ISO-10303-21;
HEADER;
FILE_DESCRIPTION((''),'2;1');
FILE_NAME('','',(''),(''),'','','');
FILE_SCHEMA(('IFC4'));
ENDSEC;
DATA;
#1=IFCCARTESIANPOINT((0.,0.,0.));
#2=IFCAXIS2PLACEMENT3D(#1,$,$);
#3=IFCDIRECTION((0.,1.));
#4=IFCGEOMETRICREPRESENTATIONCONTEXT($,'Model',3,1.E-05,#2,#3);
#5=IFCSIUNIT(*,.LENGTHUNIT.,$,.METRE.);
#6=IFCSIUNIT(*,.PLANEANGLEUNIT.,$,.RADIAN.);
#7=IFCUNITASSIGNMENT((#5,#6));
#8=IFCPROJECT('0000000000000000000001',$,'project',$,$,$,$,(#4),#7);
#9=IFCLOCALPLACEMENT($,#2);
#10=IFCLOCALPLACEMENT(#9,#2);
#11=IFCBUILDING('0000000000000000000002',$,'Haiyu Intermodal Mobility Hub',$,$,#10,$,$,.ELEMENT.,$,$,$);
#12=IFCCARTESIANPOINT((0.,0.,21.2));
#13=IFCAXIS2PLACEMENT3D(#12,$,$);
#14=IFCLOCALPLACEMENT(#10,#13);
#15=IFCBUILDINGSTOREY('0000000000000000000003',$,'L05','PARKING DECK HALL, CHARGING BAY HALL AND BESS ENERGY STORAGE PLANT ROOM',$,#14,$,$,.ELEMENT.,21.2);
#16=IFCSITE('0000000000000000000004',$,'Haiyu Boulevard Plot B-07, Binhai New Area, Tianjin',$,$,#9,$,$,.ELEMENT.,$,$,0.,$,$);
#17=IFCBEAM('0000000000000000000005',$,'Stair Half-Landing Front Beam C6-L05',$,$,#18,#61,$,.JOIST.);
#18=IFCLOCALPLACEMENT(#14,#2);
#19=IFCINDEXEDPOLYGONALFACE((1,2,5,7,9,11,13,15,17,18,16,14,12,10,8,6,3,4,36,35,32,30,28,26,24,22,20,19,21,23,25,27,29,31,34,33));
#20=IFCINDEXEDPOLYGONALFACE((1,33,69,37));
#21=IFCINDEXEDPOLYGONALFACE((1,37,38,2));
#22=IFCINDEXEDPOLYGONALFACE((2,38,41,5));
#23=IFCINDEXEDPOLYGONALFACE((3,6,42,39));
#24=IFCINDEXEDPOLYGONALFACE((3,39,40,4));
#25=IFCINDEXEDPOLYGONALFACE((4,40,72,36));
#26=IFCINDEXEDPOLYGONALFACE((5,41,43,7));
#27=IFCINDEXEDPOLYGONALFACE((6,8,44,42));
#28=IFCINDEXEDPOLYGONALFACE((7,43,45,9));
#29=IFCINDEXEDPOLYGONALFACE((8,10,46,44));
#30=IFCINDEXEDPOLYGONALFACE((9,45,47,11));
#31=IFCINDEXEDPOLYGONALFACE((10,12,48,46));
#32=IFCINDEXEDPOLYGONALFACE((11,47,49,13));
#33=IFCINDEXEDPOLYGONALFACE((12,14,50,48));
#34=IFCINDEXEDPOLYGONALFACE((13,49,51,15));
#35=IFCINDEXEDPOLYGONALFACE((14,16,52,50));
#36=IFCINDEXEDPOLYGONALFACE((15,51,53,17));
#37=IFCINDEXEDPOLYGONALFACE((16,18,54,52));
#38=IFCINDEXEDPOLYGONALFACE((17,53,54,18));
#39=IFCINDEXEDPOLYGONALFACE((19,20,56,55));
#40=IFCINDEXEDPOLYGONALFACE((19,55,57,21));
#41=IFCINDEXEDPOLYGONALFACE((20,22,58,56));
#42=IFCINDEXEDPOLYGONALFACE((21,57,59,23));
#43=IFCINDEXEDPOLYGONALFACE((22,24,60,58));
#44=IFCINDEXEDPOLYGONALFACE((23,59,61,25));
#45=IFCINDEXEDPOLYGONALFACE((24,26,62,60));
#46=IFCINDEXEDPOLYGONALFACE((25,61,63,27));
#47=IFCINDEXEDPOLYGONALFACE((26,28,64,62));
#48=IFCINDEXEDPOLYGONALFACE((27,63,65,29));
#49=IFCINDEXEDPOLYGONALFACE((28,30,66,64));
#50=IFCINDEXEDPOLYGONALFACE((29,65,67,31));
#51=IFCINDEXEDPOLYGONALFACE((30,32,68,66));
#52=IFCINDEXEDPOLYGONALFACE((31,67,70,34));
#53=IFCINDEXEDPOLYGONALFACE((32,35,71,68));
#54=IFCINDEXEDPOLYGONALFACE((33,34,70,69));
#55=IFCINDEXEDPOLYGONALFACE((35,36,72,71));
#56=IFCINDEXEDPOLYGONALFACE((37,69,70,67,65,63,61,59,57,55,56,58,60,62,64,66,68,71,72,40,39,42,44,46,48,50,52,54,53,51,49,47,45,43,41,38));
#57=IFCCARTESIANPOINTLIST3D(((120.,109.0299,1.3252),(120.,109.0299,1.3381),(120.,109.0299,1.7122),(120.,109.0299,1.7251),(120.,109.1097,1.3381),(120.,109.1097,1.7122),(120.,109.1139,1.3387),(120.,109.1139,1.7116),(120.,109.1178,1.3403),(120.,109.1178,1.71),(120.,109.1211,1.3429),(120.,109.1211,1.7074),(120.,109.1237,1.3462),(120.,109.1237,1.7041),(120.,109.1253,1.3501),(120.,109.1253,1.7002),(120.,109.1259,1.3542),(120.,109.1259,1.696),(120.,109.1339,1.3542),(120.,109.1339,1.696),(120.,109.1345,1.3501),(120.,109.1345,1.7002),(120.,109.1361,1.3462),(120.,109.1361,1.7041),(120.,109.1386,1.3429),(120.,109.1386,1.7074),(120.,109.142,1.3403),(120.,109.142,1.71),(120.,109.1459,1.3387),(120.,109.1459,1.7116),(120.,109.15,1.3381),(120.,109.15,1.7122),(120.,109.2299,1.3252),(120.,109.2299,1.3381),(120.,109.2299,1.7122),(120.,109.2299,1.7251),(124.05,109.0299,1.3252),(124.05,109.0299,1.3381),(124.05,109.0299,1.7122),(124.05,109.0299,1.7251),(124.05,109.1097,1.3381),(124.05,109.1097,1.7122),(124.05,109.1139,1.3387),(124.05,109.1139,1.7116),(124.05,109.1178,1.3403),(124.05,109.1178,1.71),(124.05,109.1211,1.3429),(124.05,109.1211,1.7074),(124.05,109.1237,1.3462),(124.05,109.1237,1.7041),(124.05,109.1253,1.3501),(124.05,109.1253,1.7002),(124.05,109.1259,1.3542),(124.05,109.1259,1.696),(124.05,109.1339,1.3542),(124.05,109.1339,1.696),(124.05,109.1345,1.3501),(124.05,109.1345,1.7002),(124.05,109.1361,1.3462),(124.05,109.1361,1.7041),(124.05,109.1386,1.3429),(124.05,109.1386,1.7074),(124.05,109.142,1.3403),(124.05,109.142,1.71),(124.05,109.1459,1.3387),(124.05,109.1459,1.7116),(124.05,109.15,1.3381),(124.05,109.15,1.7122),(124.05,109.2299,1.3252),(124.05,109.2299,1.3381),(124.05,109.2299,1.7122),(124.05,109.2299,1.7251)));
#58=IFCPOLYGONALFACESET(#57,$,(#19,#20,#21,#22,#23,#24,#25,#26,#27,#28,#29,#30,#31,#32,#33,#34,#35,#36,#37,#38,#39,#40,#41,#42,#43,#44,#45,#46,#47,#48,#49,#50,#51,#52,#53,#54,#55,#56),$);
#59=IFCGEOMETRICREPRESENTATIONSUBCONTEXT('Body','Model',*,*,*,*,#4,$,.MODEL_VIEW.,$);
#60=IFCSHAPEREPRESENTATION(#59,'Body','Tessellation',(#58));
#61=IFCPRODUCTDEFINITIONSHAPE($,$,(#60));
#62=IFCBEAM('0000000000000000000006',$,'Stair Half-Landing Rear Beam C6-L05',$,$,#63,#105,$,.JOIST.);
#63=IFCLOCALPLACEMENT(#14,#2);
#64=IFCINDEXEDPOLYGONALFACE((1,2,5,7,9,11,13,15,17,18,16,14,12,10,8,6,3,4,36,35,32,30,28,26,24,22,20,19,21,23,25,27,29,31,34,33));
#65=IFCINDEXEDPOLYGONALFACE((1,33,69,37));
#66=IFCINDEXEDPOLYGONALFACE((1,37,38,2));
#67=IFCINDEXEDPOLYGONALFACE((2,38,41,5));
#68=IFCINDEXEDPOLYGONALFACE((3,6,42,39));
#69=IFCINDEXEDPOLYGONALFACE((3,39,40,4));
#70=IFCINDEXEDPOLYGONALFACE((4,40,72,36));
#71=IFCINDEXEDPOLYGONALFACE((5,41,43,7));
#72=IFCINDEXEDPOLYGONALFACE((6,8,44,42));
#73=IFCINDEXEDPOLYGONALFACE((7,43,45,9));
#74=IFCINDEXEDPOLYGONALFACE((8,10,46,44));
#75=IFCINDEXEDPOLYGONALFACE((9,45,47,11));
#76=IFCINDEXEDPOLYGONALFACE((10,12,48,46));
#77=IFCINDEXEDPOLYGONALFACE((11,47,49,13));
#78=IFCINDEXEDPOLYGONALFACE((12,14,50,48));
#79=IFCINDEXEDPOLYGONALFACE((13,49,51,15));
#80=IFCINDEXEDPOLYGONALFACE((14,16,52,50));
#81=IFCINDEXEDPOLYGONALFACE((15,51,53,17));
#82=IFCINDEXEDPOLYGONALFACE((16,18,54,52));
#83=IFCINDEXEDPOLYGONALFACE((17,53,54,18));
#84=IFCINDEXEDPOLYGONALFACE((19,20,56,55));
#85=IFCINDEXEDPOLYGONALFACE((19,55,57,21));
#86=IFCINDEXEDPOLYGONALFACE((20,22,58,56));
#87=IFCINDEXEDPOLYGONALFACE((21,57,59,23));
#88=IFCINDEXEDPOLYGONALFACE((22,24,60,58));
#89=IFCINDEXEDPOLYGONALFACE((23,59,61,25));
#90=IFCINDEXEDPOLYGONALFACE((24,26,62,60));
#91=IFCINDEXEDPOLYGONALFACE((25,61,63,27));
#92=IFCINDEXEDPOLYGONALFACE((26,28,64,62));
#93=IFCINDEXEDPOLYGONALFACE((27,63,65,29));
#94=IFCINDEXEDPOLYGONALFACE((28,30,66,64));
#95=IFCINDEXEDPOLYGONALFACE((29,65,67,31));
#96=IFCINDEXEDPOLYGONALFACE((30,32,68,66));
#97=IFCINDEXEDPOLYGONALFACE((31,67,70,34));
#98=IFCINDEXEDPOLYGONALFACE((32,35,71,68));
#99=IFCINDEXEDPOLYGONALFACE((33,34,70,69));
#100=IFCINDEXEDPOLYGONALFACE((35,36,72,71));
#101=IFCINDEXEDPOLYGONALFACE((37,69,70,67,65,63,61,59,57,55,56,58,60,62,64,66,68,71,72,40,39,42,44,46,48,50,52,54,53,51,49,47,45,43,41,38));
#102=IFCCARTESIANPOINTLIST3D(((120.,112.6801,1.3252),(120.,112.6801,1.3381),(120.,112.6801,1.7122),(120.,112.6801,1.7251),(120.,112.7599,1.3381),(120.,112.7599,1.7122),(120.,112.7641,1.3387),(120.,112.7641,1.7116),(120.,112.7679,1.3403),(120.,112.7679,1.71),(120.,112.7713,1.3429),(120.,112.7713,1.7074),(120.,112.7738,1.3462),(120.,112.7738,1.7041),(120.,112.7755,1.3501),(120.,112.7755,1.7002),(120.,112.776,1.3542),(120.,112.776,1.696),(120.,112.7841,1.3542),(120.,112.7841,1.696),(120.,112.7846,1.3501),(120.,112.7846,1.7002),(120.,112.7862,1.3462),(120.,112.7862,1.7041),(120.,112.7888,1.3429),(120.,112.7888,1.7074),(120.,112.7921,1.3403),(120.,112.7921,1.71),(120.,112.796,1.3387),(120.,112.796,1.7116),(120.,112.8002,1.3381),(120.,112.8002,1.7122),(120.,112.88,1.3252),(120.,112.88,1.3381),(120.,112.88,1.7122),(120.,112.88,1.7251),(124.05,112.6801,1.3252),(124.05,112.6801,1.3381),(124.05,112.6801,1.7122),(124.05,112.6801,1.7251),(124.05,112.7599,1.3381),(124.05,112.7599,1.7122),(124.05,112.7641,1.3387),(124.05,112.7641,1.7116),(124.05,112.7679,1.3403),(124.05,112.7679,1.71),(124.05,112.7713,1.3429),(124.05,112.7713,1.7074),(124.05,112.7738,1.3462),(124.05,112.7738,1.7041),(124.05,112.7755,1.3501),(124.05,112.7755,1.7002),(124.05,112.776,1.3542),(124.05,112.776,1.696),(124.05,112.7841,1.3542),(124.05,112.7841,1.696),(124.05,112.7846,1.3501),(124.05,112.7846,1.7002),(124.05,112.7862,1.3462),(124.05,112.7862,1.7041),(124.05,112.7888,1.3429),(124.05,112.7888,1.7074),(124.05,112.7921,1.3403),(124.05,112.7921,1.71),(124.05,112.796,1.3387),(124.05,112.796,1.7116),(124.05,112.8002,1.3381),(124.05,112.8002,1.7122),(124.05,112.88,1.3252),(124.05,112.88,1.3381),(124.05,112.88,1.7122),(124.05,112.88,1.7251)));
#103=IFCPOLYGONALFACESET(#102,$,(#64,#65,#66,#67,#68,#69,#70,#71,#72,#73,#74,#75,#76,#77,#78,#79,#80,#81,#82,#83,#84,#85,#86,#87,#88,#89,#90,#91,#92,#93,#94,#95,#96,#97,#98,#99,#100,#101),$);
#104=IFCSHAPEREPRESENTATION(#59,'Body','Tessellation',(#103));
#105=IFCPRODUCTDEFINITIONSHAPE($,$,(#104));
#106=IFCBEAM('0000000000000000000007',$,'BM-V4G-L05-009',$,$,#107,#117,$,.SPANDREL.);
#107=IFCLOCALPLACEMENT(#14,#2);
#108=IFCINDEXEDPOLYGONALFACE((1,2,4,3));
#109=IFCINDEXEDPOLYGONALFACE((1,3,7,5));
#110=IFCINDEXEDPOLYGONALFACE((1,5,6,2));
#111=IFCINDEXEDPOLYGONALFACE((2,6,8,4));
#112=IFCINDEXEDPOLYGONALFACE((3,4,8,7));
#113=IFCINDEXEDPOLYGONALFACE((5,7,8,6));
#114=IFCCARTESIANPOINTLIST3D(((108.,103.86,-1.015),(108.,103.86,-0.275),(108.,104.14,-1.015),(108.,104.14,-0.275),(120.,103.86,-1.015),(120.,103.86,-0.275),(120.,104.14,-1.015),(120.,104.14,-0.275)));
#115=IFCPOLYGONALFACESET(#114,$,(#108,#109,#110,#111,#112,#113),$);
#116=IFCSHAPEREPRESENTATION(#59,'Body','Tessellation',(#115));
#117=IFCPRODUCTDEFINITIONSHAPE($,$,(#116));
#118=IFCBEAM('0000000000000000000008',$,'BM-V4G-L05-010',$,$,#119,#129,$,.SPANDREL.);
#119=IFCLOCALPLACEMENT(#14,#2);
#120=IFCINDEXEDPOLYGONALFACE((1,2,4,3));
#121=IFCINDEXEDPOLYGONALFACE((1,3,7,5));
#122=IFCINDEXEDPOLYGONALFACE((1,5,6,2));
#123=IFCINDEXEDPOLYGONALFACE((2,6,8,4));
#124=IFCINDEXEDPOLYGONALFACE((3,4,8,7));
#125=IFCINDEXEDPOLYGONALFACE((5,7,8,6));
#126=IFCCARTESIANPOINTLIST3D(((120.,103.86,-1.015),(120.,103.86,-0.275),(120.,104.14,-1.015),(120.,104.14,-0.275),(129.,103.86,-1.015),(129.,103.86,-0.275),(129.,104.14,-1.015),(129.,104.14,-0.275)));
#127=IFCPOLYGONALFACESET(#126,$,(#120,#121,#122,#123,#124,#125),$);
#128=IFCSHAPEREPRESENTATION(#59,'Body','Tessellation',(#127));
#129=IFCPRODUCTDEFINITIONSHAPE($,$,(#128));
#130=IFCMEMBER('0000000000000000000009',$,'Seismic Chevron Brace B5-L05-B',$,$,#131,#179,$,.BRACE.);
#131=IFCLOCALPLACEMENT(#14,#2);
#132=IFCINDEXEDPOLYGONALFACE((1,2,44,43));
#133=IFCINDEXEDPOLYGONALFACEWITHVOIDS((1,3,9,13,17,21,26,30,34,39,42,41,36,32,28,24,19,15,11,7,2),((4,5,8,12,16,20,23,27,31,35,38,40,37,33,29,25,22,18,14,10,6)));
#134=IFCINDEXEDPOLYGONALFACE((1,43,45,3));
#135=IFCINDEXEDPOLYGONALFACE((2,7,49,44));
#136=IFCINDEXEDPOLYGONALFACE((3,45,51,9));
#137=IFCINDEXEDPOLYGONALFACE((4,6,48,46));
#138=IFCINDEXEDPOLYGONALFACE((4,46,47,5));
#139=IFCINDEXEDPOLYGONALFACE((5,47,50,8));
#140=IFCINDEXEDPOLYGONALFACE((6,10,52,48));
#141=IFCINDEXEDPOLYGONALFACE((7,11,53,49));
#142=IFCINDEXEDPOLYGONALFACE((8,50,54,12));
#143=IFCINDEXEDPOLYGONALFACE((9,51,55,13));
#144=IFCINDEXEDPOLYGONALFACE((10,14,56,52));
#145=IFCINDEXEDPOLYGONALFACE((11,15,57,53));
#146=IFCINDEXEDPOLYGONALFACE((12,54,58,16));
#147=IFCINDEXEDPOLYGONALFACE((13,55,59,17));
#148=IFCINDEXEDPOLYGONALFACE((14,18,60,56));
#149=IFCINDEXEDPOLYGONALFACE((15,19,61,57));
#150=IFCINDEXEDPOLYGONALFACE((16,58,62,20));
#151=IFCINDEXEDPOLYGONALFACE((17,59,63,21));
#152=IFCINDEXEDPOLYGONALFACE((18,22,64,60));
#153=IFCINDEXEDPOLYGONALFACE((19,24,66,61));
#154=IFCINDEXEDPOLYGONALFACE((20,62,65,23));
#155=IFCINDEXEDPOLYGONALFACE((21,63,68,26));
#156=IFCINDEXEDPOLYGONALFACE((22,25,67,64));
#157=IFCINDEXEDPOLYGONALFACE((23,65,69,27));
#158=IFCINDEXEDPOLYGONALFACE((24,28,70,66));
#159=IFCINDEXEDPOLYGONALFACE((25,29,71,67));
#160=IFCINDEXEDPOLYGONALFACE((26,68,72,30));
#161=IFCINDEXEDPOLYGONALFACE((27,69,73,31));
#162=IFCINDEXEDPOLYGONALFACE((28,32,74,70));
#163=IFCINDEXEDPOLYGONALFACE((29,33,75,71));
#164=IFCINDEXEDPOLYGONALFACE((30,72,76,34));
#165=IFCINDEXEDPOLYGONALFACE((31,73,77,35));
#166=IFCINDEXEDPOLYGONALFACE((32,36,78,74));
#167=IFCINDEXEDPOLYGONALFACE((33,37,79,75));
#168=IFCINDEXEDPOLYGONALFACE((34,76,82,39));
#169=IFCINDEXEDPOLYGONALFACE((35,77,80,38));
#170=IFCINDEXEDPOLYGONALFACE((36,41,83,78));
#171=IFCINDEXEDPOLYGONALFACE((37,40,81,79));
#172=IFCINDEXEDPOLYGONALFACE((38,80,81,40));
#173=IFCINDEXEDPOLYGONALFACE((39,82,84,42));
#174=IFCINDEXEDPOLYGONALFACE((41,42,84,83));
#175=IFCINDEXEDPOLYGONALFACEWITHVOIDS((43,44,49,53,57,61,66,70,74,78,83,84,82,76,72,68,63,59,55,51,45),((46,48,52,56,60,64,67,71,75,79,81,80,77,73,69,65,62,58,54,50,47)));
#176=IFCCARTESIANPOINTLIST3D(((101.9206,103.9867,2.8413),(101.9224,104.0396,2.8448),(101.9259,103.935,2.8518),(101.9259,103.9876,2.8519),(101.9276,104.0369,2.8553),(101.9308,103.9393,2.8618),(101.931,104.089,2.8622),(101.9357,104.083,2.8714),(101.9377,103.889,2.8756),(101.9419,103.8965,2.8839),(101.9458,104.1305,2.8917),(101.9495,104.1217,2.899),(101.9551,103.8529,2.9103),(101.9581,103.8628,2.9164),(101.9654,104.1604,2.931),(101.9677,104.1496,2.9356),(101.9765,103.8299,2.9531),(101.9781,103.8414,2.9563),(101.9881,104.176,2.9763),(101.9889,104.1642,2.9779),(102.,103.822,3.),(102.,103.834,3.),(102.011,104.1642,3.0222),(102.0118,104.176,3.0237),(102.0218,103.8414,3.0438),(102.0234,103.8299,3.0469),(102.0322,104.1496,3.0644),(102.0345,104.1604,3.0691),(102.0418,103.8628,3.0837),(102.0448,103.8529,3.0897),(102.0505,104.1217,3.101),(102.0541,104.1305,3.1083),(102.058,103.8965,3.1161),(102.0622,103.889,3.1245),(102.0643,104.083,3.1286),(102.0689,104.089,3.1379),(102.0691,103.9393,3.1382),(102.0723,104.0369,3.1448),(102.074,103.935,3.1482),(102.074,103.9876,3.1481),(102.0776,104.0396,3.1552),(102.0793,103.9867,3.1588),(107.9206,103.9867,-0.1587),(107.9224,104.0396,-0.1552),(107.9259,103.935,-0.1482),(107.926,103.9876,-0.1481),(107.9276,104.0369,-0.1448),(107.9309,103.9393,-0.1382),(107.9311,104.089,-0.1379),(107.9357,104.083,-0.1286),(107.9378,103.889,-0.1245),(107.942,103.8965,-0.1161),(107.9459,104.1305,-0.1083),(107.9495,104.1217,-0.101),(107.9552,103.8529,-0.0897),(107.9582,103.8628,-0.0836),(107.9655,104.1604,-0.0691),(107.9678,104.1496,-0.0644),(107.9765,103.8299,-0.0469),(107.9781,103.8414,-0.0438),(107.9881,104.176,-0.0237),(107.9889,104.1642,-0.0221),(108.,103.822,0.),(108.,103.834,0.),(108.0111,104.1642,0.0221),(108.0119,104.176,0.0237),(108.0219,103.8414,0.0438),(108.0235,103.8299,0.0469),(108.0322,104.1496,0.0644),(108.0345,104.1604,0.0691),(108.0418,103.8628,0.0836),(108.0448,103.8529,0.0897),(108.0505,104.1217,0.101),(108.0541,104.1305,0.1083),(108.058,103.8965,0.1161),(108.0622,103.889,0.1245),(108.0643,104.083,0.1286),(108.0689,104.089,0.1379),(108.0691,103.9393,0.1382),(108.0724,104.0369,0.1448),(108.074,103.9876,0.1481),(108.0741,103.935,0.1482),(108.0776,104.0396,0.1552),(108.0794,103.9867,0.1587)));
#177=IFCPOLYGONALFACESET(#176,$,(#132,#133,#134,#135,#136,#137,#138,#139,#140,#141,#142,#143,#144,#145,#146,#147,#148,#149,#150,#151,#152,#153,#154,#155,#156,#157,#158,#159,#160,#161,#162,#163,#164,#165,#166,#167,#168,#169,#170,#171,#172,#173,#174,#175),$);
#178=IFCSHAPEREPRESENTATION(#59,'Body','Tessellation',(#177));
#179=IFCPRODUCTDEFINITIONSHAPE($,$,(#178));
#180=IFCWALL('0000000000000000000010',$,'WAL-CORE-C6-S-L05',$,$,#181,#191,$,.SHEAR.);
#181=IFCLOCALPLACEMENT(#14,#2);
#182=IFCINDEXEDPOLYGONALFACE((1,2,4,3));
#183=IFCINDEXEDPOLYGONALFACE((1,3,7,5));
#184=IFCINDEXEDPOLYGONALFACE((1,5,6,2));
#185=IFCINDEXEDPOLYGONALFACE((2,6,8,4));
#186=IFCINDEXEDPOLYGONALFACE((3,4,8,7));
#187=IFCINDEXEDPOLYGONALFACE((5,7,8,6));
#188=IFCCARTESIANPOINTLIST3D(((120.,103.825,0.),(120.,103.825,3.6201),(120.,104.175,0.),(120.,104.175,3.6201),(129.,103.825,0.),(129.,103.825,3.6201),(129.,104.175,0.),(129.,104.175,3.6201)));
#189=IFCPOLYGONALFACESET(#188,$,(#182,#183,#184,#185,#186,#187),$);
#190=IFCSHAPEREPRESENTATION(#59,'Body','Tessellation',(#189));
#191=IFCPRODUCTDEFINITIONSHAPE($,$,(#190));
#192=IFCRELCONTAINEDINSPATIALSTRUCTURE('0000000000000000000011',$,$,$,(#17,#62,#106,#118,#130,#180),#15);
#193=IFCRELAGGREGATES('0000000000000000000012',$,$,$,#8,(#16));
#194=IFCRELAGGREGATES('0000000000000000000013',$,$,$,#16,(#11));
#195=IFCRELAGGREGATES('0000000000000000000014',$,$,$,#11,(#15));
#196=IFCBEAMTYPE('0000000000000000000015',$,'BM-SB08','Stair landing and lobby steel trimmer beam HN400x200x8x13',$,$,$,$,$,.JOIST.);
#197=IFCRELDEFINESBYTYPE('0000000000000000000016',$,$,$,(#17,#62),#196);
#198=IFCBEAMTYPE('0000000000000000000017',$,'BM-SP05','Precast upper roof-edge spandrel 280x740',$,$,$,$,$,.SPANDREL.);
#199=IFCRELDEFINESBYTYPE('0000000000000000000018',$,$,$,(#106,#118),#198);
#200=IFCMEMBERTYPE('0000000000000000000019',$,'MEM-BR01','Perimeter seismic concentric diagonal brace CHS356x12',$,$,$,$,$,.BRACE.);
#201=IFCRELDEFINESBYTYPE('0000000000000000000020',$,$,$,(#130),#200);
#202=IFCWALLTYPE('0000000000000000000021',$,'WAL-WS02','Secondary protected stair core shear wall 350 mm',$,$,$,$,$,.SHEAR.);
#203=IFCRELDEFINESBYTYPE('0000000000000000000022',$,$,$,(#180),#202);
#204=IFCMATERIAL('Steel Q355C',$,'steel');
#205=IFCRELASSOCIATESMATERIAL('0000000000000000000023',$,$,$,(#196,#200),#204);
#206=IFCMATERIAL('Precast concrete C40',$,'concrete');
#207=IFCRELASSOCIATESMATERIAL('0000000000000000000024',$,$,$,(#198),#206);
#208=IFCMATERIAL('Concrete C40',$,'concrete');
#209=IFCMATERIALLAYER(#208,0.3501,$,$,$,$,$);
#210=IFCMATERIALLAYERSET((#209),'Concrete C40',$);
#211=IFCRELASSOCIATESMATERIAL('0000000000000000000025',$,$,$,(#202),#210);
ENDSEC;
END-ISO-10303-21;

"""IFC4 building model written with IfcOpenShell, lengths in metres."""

from ifc_helpers import new_model, si_unit, direction, frame, frame_2d, origin, origin_2d, place, context, subcontext, project, spatial, rectangle, hollow_circle, i_section, extrude, material, layer, layer_set, material_profile, profile_set, type_object, element, save


model = new_model("IFC4")

# Units and contexts
model_context = context("Model", 3, precision=1e-05, world=origin(), true_north=direction((0.0, 1.0)))
body_context = subcontext(model_context, "Body", "Model", "MODEL_VIEW")
ifc_project = project(units=[si_unit("LENGTHUNIT", "METRE"), si_unit("PLANEANGLEUNIT", "RADIAN")], contexts=[model_context])

# Site, building, storey
site_placement = place(None, origin())
site = spatial("IfcSite", under=ifc_project, at=site_placement, Name="Haiyu Boulevard Plot B-07, Binhai New Area, Tianjin", CompositionType="ELEMENT", RefElevation=0.0)
building_placement = place(site_placement, origin())
building = spatial("IfcBuilding", under=site, at=building_placement, Name="Haiyu Intermodal Mobility Hub", CompositionType="ELEMENT")
storey_placement = place(building_placement, frame((0.0, 0.0, 21.2)))
storey = spatial("IfcBuildingStorey", under=building, at=storey_placement, Name="L05", Description="PARKING DECK HALL, CHARGING BAY HALL AND BESS ENERGY STORAGE PLANT ROOM", CompositionType="ELEMENT", Elevation=21.2)

# Shared definitions
ifc_material_1 = material(Name="Precast concrete C40", Category="concrete")

# Beams
ifc_material_2 = material(Name="Concrete C40", Category="concrete")
ifc_material_3 = material(Name="Steel Q355C", Category="steel")
ifc_material_profile_1 = material_profile(ifc_material_3, i_section(OverallWidth=0.2, OverallDepth=0.3999, WebThickness=0.0081, FlangeThickness=0.0129, FilletRadius=0.0161, at=origin_2d()), Name="HN400x200x8x13")
ifc_profile_set_1 = profile_set([ifc_material_profile_1], Name="Steel Q355C")
beam_type_1 = type_object("IfcBeamType", Name="BM-SB08", Description="Stair landing and lobby steel trimmer beam HN400x200x8x13", PredefinedType="JOIST", material=ifc_profile_set_1)
for number, where, z_axis, x_axis, name in (
    (1, (120.0, 109.1299, 1.5251), (1.0, 0.0, 0.0), (0.0, 1.0, 0.0), "Stair Half-Landing Front Beam C6-L05"),
    (2, (120.0, 112.78, 1.5251), (1.0, 0.0, 0.0), (0.0, 1.0, 0.0), "Stair Half-Landing Rear Beam C6-L05"),
):
    element("IfcBeam", number, at=place(storey_placement, frame(where, z_axis=z_axis, x_axis=x_axis)), inside=storey, type_object=beam_type_1, Name=name, PredefinedType="JOIST", context=body_context, shape_type="SweptSolid", body=[
        extrude(i_section(OverallWidth=0.2, OverallDepth=0.3999, WebThickness=0.0081, FlangeThickness=0.0129, FilletRadius=0.0161, at=origin_2d()), origin(), (0.0, 0.0, 1.0), 4.05),
    ])
ifc_material_profile_2 = material_profile(ifc_material_1, rectangle(XDim=0.28, YDim=0.74, at=origin_2d()), Name="B280x740")
ifc_profile_set_2 = profile_set([ifc_material_profile_2], Name="Precast concrete C40")
beam_type_2 = type_object("IfcBeamType", Name="BM-SP05", Description="Precast upper roof-edge spandrel 280x740", PredefinedType="SPANDREL", material=ifc_profile_set_2)
beam_1_placement = place(storey_placement, frame((108.0, 104.0, -0.645), z_axis=(1.0, 0.0, 0.0), x_axis=(0.0, 1.0, 0.0)))
element("IfcBeam", 3, at=beam_1_placement, inside=storey, type_object=beam_type_2, Name="BM-V4G-L05-009", PredefinedType="SPANDREL", context=body_context, shape_type="SweptSolid", body=[
    extrude(rectangle(XDim=0.28, YDim=0.74, at=origin_2d()), origin(), (0.0, 0.0, 1.0), 12.0),
])
beam_2_placement = place(storey_placement, frame((120.0, 104.0, -0.645), z_axis=(1.0, 0.0, 0.0), x_axis=(0.0, 1.0, 0.0)))
element("IfcBeam", 4, at=beam_2_placement, inside=storey, type_object=beam_type_2, Name="BM-V4G-L05-010", PredefinedType="SPANDREL", context=body_context, shape_type="SweptSolid", body=[
    extrude(rectangle(XDim=0.28, YDim=0.74, at=origin_2d()), origin(), (0.0, 0.0, 1.0), 9.0),
])

# Member
ifc_material_profile_3 = material_profile(ifc_material_3, hollow_circle(Radius=0.178, WallThickness=0.012, at=origin_2d()), Name="CHS356x12")
ifc_profile_set_3 = profile_set([ifc_material_profile_3], Name="Steel Q355C")
member_type = type_object("IfcMemberType", Name="MEM-BR01", Description="Perimeter seismic concentric diagonal brace CHS356x12", PredefinedType="BRACE", material=ifc_profile_set_3)
member_placement = place(storey_placement, frame((108.0, 104.0, 0.0), z_axis=(-0.894427, 0.0, 0.447214), x_axis=(0.0, -1.0, 0.0)))
element("IfcMember", 5, at=member_placement, inside=storey, type_object=member_type, Name="Seismic Chevron Brace B5-L05-B", PredefinedType="BRACE", context=body_context, shape_type="SweptSolid", body=[
    extrude(hollow_circle(Radius=0.178, WallThickness=0.012, at=origin_2d()), origin(), (0.0, 0.0, 1.0), 6.7083),
])

# Wall
ifc_layer = layer(ifc_material_2, 0.3501)
ifc_layer_set = layer_set([ifc_layer], Name="Concrete C40")
wall_type = type_object("IfcWallType", Name="WAL-WS02", Description="Secondary protected stair core shear wall 350 mm", PredefinedType="SHEAR", material=ifc_layer_set)
for number, where, z_axis, x_axis, name in (
    (6, (120.0, 104.0, 0.0), (0.0, 0.0, 1.0), (1.0, 0.0, 0.0), "WAL-CORE-C6-S-L05"),
):
    element("IfcWall", number, at=place(storey_placement, frame(where, z_axis=z_axis, x_axis=x_axis)), inside=storey, type_object=wall_type, Name=name, PredefinedType="SHEAR", context=body_context, shape_type="SweptSolid", body=[
        extrude(rectangle(XDim=9.0, YDim=0.3501, at=frame_2d((4.5, 0.0))), origin(), (0.0, 0.0, 1.0), 3.6201),
    ])

save(model, "model.ifc")
